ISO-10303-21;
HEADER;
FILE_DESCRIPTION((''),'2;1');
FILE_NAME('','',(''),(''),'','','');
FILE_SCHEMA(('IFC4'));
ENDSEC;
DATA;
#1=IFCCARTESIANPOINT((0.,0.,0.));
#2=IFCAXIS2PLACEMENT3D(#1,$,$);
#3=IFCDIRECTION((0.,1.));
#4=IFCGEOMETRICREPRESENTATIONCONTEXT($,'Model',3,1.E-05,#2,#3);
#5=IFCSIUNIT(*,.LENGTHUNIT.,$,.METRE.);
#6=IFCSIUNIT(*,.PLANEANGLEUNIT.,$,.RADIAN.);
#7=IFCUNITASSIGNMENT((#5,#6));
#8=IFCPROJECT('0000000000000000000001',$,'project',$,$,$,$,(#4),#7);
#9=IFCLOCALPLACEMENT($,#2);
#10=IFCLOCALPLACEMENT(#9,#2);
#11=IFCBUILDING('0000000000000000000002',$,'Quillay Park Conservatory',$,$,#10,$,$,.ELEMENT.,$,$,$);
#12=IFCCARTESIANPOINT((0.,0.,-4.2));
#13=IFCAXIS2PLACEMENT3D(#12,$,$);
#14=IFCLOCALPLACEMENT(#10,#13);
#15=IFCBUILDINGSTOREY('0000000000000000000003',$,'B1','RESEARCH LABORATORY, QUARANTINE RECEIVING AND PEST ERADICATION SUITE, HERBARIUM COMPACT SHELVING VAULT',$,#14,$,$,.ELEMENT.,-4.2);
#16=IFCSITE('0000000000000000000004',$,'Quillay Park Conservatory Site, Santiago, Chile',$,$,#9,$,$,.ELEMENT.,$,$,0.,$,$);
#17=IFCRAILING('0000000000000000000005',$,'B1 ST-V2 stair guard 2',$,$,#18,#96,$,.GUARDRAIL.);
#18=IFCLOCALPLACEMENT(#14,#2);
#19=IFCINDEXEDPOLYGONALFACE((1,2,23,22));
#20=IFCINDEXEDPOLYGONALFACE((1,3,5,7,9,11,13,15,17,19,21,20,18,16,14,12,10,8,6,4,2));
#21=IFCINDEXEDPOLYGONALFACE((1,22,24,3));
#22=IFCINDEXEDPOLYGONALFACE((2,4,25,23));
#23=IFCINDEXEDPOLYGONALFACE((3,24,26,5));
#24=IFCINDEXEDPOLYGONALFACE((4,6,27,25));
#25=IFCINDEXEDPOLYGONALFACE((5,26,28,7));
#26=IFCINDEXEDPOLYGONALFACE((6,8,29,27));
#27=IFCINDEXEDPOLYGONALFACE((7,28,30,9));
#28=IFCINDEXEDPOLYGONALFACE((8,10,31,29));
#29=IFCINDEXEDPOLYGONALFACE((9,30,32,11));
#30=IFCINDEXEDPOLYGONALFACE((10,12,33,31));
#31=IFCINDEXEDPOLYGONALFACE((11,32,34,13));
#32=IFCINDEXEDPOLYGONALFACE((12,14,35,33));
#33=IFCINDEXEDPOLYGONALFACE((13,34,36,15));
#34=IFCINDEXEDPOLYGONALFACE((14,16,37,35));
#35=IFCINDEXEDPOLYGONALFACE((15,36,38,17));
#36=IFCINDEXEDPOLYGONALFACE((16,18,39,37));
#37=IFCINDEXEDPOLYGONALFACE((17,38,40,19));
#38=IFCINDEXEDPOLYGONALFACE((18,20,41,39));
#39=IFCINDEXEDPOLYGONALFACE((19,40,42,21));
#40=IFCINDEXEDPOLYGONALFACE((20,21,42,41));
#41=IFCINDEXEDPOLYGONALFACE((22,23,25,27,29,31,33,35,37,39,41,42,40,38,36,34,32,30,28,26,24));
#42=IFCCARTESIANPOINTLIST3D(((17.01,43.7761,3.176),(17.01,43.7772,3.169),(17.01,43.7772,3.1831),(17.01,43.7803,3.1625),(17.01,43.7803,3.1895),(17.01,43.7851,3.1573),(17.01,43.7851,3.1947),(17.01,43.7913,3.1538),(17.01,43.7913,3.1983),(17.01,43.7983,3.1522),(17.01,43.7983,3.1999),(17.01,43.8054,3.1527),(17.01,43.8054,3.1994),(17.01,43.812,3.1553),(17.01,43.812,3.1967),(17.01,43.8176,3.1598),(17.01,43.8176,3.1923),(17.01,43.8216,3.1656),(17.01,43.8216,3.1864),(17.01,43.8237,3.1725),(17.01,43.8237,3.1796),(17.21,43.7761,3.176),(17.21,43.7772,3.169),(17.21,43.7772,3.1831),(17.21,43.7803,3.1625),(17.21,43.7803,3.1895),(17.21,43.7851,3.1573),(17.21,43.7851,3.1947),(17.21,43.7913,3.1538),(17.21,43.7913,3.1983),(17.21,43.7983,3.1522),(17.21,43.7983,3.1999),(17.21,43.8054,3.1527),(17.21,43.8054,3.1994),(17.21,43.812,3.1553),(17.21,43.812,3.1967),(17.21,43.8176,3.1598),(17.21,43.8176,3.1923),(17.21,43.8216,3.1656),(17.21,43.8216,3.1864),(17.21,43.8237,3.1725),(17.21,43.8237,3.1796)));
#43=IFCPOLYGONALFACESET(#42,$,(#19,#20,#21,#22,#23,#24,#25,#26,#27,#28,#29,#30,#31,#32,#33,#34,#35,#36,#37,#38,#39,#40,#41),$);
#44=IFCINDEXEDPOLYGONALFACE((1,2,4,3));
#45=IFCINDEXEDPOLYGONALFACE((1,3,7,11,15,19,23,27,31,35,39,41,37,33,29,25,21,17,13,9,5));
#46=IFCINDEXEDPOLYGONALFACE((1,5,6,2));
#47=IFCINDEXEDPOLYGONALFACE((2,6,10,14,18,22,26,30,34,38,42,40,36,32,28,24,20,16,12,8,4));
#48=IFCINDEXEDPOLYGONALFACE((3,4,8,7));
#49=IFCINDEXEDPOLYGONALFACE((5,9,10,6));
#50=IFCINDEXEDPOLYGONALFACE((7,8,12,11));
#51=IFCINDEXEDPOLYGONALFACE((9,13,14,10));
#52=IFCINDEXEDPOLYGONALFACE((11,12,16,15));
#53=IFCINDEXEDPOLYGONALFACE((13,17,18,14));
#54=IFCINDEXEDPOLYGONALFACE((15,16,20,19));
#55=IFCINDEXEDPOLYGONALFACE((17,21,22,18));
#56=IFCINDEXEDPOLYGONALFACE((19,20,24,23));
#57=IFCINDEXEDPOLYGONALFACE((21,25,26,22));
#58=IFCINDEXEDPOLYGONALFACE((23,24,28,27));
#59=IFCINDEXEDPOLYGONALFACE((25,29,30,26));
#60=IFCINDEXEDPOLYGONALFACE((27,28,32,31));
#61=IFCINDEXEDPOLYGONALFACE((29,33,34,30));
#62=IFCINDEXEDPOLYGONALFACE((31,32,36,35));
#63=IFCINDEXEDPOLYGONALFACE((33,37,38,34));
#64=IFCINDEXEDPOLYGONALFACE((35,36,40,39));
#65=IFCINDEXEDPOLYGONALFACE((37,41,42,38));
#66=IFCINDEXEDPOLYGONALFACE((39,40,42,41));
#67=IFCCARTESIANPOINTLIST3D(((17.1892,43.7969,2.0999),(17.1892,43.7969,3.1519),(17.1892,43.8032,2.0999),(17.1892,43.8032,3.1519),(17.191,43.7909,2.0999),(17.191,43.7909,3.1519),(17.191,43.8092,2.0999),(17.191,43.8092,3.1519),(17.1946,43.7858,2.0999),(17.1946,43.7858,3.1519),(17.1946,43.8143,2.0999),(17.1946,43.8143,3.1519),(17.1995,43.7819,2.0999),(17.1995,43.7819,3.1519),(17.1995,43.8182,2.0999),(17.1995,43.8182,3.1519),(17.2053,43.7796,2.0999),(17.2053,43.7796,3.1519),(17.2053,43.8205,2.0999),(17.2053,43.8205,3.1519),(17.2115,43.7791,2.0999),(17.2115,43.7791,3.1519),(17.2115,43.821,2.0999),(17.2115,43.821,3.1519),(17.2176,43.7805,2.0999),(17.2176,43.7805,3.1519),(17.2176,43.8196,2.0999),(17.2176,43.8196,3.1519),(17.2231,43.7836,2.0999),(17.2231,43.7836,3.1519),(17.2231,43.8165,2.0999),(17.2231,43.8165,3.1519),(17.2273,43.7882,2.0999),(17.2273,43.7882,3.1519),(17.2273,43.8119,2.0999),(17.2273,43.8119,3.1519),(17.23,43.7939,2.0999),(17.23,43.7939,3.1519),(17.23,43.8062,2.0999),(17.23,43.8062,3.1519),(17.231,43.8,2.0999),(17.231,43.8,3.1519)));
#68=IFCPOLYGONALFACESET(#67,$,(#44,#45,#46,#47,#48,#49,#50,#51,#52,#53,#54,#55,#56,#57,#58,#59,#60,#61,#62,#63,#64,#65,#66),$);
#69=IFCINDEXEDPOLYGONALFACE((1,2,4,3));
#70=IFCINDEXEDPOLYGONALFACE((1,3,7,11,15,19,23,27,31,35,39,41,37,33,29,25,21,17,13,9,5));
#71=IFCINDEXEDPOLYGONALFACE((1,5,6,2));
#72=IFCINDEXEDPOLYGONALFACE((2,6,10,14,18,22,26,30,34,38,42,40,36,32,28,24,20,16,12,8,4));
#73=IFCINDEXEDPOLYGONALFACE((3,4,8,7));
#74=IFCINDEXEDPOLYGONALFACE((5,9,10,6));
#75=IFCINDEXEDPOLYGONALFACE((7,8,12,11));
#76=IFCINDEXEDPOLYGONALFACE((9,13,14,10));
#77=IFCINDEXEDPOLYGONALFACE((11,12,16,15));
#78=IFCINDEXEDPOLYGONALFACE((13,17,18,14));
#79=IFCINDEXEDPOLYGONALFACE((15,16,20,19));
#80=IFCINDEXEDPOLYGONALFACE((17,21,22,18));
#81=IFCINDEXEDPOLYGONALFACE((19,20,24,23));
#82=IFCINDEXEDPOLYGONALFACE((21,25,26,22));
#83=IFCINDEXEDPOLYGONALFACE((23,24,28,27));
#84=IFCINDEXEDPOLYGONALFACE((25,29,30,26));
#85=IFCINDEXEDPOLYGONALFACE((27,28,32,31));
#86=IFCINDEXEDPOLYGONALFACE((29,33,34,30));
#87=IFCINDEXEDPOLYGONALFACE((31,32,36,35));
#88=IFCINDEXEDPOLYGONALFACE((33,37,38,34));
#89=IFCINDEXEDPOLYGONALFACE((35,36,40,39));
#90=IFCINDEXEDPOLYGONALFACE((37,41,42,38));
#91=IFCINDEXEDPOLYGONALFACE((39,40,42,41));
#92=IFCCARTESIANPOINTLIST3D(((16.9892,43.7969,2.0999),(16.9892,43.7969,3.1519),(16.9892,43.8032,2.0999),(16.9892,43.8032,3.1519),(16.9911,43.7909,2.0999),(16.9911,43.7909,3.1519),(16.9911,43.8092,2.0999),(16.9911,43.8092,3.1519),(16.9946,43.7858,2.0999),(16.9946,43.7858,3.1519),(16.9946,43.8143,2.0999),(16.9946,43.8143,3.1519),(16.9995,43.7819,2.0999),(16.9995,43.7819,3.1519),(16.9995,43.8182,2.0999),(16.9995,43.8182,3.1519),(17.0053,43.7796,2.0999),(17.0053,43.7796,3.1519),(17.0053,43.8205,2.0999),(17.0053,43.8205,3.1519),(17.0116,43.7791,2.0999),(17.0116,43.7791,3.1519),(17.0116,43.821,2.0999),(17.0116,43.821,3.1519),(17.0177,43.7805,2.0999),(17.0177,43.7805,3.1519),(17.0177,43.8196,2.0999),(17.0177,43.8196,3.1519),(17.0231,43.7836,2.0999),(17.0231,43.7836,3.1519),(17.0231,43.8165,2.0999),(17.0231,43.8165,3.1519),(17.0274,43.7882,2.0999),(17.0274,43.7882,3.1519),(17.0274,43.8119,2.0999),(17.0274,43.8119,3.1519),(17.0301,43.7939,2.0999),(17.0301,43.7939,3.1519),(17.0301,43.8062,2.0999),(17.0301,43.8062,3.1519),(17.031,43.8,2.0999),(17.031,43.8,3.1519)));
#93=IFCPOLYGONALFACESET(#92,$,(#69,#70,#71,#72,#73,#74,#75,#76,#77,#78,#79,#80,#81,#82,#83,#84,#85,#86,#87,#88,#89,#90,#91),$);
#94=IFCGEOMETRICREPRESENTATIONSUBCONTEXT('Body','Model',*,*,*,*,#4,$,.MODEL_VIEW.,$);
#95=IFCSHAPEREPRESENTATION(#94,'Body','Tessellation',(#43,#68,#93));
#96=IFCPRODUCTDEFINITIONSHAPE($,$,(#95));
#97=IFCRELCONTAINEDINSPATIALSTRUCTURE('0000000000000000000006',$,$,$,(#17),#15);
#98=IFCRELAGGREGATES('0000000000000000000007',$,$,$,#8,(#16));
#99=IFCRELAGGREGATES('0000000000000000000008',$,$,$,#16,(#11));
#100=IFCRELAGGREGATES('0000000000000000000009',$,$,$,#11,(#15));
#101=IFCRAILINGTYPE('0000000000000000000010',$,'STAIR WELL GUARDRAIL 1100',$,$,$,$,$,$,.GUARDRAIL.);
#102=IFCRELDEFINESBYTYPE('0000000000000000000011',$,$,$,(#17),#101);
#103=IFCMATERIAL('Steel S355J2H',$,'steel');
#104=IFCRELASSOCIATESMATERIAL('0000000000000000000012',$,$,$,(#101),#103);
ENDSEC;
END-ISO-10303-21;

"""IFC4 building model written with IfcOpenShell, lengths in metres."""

from ifc_helpers import new_model, si_unit, direction, frame, origin, origin_2d, place, context, subcontext, project, spatial, circle, extrude, material, type_object, element, save


model = new_model("IFC4")

# Units and contexts
model_context = context("Model", 3, precision=1e-05, world=origin(), true_north=direction((0.0, 1.0)))
body_context = subcontext(model_context, "Body", "Model", "MODEL_VIEW")
ifc_project = project(units=[si_unit("LENGTHUNIT", "METRE"), si_unit("PLANEANGLEUNIT", "RADIAN")], contexts=[model_context])

# Site, building, storey
site_placement = place(None, origin())
site = spatial("IfcSite", under=ifc_project, at=site_placement, Name="Quillay Park Conservatory Site, Santiago, Chile", CompositionType="ELEMENT", RefElevation=0.0)
building_placement = place(site_placement, origin())
building = spatial("IfcBuilding", under=site, at=building_placement, Name="Quillay Park Conservatory", CompositionType="ELEMENT")
storey_placement = place(building_placement, frame((0.0, 0.0, -4.2)))
storey = spatial("IfcBuildingStorey", under=building, at=storey_placement, Name="B1", Description="RESEARCH LABORATORY, QUARANTINE RECEIVING AND PEST ERADICATION SUITE, HERBARIUM COMPACT SHELVING VAULT", CompositionType="ELEMENT", Elevation=-4.2)

# Railing
ifc_material_1 = material(Name="Steel S355J2H", Category="steel")
railing_type_1 = type_object("IfcRailingType", Name="STAIR WELL GUARDRAIL 1100", PredefinedType="GUARDRAIL", material=ifc_material_1)
railing_1_placement = place(storey_placement, frame((17.21, 43.8, 2.0999)))
element("IfcRailing", 1, at=railing_1_placement, inside=storey, type_object=railing_type_1, Name="B1 ST-V2 stair guard 2", PredefinedType="GUARDRAIL", context=body_context, shape_type="SweptSolid", body=[
    extrude(circle(Radius=0.0239, at=origin_2d()), frame((0.0, 0.0, 1.0762), z_axis=(-1.0, 0.0, 0.0), x_axis=(0.0, -1.0, 0.0)), (0.0, 0.0, 1.0), 0.2),
    extrude(circle(Radius=0.021, at=origin_2d()), origin(), (0.0, 0.0, 1.0), 1.052),
    extrude(circle(Radius=0.021, at=origin_2d()), frame((-0.2, 0.0, 0.0)), (0.0, 0.0, 1.0), 1.052),
])

save(model, "model.ifc")
